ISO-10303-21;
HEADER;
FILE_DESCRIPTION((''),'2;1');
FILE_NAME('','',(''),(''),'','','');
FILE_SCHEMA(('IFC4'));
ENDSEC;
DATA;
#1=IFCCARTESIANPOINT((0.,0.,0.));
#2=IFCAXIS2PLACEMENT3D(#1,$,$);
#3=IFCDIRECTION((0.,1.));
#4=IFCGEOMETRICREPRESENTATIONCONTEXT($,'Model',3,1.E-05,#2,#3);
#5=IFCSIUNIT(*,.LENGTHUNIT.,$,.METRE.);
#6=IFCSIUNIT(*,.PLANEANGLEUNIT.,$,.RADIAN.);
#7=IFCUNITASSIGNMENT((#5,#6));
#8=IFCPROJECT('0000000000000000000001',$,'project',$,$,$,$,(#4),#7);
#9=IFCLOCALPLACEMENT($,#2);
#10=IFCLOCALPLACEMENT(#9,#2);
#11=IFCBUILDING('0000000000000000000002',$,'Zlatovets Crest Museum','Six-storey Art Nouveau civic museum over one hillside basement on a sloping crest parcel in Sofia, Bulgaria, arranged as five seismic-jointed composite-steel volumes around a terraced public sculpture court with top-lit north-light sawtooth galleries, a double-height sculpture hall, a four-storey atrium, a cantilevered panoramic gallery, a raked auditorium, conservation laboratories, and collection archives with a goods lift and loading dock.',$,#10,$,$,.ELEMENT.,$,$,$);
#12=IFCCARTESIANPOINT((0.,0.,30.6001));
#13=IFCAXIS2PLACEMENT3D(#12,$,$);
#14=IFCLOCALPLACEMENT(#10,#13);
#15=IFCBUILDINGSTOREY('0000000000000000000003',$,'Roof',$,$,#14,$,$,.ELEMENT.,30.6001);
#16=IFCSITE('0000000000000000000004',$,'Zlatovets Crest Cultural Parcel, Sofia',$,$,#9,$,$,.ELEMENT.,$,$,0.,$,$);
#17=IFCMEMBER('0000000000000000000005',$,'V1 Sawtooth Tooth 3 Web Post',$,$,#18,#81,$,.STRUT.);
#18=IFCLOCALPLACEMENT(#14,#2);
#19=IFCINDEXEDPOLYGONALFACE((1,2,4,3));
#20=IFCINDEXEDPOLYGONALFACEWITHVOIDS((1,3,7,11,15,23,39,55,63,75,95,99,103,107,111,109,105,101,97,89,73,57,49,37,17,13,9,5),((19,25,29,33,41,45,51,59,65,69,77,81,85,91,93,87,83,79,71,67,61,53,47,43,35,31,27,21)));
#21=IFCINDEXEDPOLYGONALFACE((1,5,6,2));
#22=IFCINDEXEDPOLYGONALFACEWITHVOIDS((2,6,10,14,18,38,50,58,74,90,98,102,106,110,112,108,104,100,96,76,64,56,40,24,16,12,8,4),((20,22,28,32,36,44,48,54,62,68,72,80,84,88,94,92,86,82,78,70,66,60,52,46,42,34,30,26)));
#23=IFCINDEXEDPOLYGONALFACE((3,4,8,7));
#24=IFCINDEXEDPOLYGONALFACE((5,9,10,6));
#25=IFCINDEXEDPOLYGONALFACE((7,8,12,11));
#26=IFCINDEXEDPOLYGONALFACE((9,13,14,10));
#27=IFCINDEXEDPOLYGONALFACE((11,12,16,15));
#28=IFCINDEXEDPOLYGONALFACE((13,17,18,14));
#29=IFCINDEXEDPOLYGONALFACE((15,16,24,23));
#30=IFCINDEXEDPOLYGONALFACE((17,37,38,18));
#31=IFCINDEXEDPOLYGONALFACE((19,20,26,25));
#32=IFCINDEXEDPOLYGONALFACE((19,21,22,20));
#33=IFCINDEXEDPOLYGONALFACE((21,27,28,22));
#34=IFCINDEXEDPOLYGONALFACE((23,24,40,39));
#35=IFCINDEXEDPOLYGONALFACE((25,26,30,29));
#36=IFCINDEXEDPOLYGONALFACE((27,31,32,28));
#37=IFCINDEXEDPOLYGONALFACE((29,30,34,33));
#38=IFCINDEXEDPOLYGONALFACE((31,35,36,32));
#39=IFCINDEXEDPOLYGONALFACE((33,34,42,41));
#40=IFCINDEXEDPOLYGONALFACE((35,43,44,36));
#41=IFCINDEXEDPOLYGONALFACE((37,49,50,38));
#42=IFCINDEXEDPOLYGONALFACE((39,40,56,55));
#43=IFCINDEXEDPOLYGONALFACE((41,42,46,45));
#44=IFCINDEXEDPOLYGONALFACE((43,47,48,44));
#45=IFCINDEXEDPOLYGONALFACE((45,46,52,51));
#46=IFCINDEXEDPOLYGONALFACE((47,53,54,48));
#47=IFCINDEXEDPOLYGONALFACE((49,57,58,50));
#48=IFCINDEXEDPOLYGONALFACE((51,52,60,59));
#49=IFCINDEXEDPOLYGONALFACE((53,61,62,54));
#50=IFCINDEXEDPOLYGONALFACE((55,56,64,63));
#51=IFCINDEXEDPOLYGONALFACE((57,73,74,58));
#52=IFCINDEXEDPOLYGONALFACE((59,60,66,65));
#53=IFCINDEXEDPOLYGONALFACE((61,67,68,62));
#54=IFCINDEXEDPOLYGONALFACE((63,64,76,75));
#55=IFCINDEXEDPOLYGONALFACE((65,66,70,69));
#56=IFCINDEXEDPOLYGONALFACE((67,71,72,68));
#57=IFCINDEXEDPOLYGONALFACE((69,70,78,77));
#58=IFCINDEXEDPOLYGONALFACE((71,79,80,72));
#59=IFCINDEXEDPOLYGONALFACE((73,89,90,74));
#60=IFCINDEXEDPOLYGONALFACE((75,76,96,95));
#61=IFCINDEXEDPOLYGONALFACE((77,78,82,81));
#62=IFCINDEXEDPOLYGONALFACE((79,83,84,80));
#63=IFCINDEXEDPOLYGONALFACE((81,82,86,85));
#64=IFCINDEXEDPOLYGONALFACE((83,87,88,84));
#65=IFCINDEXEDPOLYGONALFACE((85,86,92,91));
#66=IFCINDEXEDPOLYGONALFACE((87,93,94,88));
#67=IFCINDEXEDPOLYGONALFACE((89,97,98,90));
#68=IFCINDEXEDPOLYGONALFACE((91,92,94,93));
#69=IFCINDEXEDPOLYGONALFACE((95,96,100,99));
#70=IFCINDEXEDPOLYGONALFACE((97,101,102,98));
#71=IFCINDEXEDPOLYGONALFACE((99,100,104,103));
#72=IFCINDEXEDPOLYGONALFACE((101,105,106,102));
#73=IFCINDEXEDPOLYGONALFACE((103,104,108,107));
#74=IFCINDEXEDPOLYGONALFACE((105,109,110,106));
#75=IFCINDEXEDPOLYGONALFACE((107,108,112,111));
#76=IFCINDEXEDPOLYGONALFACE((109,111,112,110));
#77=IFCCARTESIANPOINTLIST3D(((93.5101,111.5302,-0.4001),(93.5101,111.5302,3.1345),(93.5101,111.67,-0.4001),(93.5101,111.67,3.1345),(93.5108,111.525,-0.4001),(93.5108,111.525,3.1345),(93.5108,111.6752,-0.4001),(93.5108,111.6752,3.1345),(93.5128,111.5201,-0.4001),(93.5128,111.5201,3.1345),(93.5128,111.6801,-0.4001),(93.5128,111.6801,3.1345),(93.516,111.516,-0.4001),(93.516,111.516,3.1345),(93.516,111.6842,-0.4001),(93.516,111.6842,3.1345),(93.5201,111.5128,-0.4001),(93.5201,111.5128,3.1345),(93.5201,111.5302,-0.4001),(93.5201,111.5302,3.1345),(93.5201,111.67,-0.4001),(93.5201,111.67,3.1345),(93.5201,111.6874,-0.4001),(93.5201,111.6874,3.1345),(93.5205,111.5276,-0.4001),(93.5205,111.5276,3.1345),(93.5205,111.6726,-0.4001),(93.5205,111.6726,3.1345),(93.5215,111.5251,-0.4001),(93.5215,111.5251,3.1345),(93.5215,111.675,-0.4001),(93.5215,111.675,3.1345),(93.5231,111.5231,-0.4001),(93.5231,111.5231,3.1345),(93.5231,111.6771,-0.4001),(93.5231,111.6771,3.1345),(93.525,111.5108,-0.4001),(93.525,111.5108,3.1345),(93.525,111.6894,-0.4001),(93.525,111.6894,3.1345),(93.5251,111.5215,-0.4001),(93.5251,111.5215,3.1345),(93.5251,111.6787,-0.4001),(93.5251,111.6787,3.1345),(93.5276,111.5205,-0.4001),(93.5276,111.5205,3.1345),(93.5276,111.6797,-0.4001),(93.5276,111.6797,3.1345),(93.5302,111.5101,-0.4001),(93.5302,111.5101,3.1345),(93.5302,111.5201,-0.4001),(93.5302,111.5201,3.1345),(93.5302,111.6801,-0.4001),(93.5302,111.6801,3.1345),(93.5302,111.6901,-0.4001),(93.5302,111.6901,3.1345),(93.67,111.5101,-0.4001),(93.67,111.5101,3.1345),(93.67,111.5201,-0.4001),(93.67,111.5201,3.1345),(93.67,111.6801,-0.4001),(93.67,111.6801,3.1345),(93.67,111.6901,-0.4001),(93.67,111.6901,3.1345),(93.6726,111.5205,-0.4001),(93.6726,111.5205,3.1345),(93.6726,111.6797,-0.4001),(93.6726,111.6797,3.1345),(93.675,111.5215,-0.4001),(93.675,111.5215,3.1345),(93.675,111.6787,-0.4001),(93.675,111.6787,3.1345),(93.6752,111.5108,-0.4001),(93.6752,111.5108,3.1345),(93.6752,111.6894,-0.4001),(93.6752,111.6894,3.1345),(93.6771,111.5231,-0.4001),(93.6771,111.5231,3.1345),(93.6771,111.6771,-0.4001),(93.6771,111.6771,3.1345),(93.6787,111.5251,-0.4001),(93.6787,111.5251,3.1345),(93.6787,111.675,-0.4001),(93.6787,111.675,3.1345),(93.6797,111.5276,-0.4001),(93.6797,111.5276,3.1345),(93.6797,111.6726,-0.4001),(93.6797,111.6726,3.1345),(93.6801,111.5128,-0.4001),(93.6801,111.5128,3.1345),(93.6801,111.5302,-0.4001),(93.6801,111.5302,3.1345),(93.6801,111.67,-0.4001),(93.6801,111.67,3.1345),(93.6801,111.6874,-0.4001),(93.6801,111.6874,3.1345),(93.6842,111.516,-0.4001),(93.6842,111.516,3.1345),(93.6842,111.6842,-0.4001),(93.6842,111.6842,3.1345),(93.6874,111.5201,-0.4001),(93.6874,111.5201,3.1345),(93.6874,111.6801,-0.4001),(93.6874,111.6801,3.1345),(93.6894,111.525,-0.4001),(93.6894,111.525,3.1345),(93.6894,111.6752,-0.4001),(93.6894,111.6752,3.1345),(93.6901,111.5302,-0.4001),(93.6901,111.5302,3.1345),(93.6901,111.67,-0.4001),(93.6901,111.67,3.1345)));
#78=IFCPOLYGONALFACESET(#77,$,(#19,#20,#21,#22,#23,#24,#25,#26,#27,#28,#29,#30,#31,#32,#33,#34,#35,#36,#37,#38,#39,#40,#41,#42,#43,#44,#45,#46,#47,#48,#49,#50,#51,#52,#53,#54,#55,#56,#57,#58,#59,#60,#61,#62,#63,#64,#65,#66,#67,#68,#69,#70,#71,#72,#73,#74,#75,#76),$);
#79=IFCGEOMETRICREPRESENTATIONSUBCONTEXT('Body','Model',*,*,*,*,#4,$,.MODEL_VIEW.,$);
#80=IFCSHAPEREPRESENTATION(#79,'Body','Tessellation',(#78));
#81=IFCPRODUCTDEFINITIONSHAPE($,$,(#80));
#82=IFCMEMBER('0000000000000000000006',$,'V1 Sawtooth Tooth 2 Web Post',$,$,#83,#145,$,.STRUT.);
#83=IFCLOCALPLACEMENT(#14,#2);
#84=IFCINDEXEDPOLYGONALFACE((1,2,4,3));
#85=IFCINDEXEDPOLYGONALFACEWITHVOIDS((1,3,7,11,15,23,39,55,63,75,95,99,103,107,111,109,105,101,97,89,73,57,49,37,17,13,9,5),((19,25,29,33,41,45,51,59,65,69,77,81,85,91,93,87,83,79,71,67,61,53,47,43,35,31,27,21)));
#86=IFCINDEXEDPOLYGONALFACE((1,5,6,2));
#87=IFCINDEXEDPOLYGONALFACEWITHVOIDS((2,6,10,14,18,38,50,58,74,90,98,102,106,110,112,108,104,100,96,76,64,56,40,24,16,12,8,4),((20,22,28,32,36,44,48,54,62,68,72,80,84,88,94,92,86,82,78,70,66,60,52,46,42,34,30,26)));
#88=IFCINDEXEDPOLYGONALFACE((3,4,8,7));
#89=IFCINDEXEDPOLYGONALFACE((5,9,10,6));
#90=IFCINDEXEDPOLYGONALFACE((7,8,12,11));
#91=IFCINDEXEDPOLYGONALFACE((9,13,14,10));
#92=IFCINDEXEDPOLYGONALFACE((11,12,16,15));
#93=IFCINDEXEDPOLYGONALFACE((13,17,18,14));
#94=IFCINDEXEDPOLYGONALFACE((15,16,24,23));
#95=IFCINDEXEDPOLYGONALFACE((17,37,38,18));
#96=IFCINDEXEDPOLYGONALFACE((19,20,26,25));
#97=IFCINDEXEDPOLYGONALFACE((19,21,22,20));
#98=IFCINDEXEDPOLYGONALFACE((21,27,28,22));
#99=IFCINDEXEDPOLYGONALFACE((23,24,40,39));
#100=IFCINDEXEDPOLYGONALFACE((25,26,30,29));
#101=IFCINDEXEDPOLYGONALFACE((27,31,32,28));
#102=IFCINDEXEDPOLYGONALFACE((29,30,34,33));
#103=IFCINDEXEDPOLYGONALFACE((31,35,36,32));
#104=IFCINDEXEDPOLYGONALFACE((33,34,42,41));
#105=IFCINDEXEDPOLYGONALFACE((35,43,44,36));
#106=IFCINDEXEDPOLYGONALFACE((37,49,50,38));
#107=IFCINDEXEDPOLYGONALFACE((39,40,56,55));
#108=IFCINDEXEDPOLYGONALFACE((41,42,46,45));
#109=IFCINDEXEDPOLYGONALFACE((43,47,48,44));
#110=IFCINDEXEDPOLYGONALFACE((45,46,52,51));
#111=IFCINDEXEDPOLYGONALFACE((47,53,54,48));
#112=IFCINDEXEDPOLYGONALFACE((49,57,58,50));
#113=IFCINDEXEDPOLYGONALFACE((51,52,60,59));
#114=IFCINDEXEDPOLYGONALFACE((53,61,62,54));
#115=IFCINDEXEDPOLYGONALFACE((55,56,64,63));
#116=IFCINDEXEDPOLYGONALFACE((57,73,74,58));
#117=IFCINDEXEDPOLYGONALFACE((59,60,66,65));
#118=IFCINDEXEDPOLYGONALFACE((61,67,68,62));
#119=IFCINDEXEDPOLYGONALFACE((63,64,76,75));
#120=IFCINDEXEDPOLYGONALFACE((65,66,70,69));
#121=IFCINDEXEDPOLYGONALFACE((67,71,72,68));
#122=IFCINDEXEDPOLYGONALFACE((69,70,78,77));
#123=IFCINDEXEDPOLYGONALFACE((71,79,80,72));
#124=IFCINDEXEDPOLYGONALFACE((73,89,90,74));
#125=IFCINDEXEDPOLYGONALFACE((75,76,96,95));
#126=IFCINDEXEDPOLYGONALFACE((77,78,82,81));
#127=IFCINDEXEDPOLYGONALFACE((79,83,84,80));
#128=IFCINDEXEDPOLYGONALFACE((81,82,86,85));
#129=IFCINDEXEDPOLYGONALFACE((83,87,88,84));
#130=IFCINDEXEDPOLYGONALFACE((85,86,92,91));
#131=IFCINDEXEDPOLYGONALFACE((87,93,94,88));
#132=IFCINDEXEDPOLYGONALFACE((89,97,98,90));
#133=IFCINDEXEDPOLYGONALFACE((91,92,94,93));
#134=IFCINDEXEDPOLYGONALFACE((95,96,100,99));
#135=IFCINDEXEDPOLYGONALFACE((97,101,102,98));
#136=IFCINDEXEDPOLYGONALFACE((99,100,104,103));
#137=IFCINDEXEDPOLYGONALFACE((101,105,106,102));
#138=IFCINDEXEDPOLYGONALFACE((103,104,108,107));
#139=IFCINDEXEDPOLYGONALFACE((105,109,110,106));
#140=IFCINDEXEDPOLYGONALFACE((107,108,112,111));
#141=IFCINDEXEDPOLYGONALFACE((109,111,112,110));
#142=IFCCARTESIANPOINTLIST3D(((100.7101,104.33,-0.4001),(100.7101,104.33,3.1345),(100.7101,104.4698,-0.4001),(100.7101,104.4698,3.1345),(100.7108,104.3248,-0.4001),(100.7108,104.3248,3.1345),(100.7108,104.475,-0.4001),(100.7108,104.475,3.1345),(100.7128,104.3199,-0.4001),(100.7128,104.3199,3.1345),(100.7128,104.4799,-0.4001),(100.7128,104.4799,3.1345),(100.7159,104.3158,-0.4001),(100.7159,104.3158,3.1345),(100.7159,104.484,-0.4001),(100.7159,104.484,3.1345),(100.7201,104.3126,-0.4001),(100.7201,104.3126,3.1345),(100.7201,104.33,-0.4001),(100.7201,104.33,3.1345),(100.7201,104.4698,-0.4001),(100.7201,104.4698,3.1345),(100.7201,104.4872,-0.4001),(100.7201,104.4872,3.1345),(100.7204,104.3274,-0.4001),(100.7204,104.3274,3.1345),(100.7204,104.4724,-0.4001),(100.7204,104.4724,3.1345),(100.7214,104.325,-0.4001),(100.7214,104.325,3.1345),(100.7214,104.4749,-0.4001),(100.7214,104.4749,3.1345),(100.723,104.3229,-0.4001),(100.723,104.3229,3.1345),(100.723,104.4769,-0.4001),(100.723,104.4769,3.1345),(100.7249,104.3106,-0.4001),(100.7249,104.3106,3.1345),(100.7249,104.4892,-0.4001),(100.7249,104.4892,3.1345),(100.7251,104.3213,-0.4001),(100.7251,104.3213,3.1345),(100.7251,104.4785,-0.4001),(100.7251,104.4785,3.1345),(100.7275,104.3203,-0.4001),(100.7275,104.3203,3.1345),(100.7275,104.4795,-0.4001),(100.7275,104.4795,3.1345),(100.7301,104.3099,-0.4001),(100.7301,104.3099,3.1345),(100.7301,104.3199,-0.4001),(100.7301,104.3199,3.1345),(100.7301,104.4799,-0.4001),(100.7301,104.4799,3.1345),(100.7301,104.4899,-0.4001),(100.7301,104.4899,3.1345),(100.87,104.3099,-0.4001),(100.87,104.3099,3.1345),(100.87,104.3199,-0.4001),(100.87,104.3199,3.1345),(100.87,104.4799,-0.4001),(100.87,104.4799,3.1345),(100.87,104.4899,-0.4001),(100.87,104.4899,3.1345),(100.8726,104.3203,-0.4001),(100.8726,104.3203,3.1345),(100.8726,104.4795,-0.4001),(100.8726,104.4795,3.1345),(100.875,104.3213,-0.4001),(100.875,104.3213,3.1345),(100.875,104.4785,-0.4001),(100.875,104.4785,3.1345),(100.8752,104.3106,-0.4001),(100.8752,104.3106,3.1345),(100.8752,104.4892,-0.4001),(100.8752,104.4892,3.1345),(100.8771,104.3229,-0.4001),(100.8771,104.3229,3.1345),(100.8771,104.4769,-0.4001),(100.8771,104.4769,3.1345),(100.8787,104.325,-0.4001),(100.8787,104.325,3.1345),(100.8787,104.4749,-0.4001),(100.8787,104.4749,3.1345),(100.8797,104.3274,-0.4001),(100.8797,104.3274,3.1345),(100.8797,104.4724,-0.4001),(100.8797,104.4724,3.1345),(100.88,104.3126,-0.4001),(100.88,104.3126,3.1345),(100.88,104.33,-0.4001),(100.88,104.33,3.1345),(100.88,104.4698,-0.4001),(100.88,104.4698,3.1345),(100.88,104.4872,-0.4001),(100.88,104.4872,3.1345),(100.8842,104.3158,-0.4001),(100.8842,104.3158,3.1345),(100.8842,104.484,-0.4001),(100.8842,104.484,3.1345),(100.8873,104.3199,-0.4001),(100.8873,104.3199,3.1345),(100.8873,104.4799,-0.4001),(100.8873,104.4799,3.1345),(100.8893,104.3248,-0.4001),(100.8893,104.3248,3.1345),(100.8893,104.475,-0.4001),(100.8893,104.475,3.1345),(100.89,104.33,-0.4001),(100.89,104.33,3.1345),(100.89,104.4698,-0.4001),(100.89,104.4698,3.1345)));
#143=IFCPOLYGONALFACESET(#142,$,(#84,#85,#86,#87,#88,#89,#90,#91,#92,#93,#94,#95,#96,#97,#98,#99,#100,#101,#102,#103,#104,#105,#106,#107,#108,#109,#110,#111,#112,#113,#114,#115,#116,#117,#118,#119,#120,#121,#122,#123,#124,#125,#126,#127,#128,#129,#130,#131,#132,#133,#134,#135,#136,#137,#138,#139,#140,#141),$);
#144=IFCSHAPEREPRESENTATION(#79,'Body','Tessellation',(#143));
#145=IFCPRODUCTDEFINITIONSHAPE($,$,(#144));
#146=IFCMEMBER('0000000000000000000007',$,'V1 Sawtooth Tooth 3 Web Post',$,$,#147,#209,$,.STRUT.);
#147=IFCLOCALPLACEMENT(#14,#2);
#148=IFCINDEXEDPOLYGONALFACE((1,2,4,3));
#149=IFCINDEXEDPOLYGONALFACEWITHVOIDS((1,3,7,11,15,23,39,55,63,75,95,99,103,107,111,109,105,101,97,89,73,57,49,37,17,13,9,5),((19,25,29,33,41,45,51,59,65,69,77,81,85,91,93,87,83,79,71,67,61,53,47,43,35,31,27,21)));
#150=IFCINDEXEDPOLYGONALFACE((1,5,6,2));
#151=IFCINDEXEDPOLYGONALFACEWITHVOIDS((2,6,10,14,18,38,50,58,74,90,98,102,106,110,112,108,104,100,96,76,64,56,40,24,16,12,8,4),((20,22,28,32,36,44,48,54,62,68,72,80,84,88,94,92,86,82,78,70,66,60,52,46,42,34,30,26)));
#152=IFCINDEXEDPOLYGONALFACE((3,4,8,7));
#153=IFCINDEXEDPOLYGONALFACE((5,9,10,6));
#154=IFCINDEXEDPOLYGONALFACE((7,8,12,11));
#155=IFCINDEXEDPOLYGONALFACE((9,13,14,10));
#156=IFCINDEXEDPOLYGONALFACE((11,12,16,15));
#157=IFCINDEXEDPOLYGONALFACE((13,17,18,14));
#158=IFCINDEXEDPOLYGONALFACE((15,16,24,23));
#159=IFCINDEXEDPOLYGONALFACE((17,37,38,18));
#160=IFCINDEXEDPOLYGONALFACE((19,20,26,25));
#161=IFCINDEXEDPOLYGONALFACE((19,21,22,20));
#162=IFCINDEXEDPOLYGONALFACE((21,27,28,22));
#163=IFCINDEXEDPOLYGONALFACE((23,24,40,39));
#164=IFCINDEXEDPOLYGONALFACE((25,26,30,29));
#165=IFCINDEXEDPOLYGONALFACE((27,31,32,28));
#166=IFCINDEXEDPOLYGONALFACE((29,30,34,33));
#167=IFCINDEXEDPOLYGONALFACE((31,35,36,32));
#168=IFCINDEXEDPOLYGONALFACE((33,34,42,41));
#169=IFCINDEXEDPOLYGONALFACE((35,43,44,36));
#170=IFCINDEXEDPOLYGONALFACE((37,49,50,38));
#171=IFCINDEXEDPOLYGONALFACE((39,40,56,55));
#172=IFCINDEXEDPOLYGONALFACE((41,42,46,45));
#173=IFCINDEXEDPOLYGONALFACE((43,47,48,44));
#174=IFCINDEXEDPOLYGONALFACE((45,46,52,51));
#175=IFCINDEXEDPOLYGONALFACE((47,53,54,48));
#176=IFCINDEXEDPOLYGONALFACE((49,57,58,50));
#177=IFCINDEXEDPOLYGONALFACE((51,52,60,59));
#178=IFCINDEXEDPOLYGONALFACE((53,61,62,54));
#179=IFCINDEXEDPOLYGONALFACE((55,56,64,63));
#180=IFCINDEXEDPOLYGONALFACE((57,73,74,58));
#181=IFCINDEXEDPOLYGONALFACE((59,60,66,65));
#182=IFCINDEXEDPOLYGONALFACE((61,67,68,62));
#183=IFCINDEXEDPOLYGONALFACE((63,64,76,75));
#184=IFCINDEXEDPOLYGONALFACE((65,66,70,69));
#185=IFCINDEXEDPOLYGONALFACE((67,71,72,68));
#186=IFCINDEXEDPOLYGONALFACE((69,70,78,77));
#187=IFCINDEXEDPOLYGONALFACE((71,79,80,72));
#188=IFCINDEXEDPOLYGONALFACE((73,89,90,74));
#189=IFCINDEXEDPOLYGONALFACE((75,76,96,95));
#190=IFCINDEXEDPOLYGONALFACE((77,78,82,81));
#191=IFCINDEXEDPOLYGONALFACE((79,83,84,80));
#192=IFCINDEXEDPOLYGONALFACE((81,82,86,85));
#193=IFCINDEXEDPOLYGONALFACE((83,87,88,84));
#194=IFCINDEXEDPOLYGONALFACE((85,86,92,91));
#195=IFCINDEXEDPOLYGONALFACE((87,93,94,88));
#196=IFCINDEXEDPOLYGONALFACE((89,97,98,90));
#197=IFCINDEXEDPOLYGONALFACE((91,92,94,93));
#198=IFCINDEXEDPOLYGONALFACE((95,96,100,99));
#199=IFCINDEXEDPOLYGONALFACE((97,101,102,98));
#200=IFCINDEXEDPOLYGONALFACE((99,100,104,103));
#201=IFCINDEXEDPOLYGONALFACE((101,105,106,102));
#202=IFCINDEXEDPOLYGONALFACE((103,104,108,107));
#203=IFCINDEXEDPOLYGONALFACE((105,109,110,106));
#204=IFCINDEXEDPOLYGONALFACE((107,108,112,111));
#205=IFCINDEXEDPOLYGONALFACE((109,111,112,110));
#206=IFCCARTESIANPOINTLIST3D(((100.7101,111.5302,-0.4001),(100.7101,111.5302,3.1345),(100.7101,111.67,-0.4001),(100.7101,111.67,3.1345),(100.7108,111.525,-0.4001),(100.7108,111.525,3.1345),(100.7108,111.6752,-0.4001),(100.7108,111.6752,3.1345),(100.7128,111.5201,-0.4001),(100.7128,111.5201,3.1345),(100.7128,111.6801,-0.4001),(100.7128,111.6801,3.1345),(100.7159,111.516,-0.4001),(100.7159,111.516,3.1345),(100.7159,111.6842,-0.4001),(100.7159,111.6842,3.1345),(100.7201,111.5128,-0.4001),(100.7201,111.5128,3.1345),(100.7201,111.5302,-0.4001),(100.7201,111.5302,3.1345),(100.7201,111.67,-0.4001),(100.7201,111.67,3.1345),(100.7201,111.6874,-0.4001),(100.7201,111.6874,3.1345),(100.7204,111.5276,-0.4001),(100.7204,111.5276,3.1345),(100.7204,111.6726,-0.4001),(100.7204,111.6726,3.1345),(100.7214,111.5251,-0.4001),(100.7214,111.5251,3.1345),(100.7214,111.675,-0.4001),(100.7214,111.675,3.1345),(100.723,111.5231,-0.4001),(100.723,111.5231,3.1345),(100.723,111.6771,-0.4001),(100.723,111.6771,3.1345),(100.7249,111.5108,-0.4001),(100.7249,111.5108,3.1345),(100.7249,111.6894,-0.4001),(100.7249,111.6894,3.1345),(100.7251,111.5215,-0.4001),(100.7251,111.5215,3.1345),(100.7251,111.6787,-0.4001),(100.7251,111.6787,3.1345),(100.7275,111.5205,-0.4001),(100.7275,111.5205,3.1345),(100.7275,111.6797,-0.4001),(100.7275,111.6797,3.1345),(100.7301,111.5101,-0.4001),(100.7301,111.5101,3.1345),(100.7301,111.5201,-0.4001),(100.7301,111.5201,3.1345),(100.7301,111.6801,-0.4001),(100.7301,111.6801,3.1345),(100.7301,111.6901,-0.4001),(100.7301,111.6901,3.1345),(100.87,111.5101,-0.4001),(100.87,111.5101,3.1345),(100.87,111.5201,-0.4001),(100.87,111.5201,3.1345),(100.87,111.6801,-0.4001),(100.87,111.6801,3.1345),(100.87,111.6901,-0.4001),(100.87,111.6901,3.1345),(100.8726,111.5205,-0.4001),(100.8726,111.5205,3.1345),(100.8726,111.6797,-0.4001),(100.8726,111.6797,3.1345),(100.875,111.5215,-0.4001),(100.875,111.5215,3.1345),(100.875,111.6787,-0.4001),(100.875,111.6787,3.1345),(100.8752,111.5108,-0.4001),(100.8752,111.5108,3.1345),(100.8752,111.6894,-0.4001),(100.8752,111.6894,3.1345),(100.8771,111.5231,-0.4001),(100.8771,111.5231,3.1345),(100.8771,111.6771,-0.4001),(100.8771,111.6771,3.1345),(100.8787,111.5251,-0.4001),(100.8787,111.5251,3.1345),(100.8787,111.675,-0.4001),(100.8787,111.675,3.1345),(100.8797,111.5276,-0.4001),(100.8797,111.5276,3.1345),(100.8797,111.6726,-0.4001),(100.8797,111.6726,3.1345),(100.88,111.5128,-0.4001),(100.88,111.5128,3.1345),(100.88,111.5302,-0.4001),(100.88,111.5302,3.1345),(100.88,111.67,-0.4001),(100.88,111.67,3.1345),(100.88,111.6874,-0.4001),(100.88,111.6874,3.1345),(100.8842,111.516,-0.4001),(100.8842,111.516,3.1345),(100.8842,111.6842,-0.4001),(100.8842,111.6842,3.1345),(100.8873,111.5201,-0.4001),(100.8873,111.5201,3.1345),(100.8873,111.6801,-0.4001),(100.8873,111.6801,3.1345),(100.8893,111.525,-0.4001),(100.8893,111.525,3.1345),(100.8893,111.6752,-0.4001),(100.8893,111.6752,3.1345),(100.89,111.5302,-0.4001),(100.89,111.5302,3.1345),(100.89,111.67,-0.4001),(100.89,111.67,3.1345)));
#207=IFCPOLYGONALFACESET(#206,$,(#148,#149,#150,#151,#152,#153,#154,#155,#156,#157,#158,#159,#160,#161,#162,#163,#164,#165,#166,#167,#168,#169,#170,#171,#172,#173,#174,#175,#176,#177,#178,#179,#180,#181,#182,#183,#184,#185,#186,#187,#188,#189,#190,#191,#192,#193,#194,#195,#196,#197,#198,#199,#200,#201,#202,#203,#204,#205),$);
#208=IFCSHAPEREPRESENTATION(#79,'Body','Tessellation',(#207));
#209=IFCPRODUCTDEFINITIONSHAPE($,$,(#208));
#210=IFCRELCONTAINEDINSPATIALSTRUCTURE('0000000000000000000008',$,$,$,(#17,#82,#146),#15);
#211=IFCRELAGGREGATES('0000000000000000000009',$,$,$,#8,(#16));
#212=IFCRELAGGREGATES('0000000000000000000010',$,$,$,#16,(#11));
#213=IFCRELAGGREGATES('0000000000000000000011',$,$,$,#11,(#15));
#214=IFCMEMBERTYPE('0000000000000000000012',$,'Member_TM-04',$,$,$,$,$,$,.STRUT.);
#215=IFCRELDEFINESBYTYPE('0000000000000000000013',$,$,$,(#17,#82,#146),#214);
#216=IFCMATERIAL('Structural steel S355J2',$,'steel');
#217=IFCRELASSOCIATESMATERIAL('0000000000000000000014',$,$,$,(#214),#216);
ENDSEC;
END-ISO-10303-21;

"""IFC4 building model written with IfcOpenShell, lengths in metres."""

from ifc_helpers import new_model, si_unit, direction, frame, origin, origin_2d, place, context, subcontext, project, spatial, hollow_rectangle, extrude, material, material_profile, profile_set, type_object, element, save


model = new_model("IFC4")

# Units and contexts
model_context = context("Model", 3, precision=1e-05, world=origin(), true_north=direction((0.0, 1.0)))
body_context = subcontext(model_context, "Body", "Model", "MODEL_VIEW")
ifc_project = project(units=[si_unit("LENGTHUNIT", "METRE"), si_unit("PLANEANGLEUNIT", "RADIAN")], contexts=[model_context])

# Site, building, storey
site_placement = place(None, origin())
site = spatial("IfcSite", under=ifc_project, at=site_placement, Name="Zlatovets Crest Cultural Parcel, Sofia", CompositionType="ELEMENT", RefElevation=0.0)
building_placement = place(site_placement, origin())
building = spatial("IfcBuilding", under=site, at=building_placement, Name="Zlatovets Crest Museum", Description="Six-storey Art Nouveau civic museum over one hillside basement on a sloping crest parcel in Sofia, Bulgaria, arranged as five seismic-jointed composite-steel volumes around a terraced public sculpture court with top-lit north-light sawtooth galleries, a double-height sculpture hall, a four-storey atrium, a cantilevered panoramic gallery, a raked auditorium, conservation laboratories, and collection archives with a goods lift and loading dock.", CompositionType="ELEMENT")
storey_placement = place(building_placement, frame((0.0, 0.0, 30.6001)))
storey = spatial("IfcBuildingStorey", under=building, at=storey_placement, Name="Roof", CompositionType="ELEMENT", Elevation=30.6001)

# Shared definitions
ifc_material_1 = material(Name="Structural steel S355J2", Category="steel")

# Members
ifc_material_profile_1 = material_profile(ifc_material_1, hollow_rectangle(XDim=0.1799, YDim=0.1799, WallThickness=0.01, InnerFilletRadius=0.01, OuterFilletRadius=0.02, at=origin_2d()), Name="SHS 180x180x10.0")
ifc_profile_set_1 = profile_set([ifc_material_profile_1], Name="Structural steel S355J2")
member_type_1 = type_object("IfcMemberType", Name="Member_TM-04", PredefinedType="STRUT", material=ifc_profile_set_1)
for number, where, z_axis, x_axis, name in (
    (1, (93.6001, 111.6001, -0.4001), (0.0, 0.0, 1.0), (1.0, 0.0, 0.0), "V1 Sawtooth Tooth 3 Web Post"),
    (2, (100.8, 104.3999, -0.4001), (0.0, 0.0, 1.0), (1.0, 0.0, 0.0), "V1 Sawtooth Tooth 2 Web Post"),
    (3, (100.8, 111.6001, -0.4001), (0.0, 0.0, 1.0), (1.0, 0.0, 0.0), "V1 Sawtooth Tooth 3 Web Post"),
):
    element("IfcMember", number, at=place(storey_placement, frame(where, z_axis=z_axis, x_axis=x_axis)), inside=storey, type_object=member_type_1, Name=name, PredefinedType="STRUT", context=body_context, shape_type="SweptSolid", body=[
        extrude(hollow_rectangle(XDim=0.1799, YDim=0.1799, WallThickness=0.01, InnerFilletRadius=0.01, OuterFilletRadius=0.02, at=origin_2d()), origin(), (0.0, 0.0, 1.0), 3.5347),
    ])

save(model, "model.ifc")
